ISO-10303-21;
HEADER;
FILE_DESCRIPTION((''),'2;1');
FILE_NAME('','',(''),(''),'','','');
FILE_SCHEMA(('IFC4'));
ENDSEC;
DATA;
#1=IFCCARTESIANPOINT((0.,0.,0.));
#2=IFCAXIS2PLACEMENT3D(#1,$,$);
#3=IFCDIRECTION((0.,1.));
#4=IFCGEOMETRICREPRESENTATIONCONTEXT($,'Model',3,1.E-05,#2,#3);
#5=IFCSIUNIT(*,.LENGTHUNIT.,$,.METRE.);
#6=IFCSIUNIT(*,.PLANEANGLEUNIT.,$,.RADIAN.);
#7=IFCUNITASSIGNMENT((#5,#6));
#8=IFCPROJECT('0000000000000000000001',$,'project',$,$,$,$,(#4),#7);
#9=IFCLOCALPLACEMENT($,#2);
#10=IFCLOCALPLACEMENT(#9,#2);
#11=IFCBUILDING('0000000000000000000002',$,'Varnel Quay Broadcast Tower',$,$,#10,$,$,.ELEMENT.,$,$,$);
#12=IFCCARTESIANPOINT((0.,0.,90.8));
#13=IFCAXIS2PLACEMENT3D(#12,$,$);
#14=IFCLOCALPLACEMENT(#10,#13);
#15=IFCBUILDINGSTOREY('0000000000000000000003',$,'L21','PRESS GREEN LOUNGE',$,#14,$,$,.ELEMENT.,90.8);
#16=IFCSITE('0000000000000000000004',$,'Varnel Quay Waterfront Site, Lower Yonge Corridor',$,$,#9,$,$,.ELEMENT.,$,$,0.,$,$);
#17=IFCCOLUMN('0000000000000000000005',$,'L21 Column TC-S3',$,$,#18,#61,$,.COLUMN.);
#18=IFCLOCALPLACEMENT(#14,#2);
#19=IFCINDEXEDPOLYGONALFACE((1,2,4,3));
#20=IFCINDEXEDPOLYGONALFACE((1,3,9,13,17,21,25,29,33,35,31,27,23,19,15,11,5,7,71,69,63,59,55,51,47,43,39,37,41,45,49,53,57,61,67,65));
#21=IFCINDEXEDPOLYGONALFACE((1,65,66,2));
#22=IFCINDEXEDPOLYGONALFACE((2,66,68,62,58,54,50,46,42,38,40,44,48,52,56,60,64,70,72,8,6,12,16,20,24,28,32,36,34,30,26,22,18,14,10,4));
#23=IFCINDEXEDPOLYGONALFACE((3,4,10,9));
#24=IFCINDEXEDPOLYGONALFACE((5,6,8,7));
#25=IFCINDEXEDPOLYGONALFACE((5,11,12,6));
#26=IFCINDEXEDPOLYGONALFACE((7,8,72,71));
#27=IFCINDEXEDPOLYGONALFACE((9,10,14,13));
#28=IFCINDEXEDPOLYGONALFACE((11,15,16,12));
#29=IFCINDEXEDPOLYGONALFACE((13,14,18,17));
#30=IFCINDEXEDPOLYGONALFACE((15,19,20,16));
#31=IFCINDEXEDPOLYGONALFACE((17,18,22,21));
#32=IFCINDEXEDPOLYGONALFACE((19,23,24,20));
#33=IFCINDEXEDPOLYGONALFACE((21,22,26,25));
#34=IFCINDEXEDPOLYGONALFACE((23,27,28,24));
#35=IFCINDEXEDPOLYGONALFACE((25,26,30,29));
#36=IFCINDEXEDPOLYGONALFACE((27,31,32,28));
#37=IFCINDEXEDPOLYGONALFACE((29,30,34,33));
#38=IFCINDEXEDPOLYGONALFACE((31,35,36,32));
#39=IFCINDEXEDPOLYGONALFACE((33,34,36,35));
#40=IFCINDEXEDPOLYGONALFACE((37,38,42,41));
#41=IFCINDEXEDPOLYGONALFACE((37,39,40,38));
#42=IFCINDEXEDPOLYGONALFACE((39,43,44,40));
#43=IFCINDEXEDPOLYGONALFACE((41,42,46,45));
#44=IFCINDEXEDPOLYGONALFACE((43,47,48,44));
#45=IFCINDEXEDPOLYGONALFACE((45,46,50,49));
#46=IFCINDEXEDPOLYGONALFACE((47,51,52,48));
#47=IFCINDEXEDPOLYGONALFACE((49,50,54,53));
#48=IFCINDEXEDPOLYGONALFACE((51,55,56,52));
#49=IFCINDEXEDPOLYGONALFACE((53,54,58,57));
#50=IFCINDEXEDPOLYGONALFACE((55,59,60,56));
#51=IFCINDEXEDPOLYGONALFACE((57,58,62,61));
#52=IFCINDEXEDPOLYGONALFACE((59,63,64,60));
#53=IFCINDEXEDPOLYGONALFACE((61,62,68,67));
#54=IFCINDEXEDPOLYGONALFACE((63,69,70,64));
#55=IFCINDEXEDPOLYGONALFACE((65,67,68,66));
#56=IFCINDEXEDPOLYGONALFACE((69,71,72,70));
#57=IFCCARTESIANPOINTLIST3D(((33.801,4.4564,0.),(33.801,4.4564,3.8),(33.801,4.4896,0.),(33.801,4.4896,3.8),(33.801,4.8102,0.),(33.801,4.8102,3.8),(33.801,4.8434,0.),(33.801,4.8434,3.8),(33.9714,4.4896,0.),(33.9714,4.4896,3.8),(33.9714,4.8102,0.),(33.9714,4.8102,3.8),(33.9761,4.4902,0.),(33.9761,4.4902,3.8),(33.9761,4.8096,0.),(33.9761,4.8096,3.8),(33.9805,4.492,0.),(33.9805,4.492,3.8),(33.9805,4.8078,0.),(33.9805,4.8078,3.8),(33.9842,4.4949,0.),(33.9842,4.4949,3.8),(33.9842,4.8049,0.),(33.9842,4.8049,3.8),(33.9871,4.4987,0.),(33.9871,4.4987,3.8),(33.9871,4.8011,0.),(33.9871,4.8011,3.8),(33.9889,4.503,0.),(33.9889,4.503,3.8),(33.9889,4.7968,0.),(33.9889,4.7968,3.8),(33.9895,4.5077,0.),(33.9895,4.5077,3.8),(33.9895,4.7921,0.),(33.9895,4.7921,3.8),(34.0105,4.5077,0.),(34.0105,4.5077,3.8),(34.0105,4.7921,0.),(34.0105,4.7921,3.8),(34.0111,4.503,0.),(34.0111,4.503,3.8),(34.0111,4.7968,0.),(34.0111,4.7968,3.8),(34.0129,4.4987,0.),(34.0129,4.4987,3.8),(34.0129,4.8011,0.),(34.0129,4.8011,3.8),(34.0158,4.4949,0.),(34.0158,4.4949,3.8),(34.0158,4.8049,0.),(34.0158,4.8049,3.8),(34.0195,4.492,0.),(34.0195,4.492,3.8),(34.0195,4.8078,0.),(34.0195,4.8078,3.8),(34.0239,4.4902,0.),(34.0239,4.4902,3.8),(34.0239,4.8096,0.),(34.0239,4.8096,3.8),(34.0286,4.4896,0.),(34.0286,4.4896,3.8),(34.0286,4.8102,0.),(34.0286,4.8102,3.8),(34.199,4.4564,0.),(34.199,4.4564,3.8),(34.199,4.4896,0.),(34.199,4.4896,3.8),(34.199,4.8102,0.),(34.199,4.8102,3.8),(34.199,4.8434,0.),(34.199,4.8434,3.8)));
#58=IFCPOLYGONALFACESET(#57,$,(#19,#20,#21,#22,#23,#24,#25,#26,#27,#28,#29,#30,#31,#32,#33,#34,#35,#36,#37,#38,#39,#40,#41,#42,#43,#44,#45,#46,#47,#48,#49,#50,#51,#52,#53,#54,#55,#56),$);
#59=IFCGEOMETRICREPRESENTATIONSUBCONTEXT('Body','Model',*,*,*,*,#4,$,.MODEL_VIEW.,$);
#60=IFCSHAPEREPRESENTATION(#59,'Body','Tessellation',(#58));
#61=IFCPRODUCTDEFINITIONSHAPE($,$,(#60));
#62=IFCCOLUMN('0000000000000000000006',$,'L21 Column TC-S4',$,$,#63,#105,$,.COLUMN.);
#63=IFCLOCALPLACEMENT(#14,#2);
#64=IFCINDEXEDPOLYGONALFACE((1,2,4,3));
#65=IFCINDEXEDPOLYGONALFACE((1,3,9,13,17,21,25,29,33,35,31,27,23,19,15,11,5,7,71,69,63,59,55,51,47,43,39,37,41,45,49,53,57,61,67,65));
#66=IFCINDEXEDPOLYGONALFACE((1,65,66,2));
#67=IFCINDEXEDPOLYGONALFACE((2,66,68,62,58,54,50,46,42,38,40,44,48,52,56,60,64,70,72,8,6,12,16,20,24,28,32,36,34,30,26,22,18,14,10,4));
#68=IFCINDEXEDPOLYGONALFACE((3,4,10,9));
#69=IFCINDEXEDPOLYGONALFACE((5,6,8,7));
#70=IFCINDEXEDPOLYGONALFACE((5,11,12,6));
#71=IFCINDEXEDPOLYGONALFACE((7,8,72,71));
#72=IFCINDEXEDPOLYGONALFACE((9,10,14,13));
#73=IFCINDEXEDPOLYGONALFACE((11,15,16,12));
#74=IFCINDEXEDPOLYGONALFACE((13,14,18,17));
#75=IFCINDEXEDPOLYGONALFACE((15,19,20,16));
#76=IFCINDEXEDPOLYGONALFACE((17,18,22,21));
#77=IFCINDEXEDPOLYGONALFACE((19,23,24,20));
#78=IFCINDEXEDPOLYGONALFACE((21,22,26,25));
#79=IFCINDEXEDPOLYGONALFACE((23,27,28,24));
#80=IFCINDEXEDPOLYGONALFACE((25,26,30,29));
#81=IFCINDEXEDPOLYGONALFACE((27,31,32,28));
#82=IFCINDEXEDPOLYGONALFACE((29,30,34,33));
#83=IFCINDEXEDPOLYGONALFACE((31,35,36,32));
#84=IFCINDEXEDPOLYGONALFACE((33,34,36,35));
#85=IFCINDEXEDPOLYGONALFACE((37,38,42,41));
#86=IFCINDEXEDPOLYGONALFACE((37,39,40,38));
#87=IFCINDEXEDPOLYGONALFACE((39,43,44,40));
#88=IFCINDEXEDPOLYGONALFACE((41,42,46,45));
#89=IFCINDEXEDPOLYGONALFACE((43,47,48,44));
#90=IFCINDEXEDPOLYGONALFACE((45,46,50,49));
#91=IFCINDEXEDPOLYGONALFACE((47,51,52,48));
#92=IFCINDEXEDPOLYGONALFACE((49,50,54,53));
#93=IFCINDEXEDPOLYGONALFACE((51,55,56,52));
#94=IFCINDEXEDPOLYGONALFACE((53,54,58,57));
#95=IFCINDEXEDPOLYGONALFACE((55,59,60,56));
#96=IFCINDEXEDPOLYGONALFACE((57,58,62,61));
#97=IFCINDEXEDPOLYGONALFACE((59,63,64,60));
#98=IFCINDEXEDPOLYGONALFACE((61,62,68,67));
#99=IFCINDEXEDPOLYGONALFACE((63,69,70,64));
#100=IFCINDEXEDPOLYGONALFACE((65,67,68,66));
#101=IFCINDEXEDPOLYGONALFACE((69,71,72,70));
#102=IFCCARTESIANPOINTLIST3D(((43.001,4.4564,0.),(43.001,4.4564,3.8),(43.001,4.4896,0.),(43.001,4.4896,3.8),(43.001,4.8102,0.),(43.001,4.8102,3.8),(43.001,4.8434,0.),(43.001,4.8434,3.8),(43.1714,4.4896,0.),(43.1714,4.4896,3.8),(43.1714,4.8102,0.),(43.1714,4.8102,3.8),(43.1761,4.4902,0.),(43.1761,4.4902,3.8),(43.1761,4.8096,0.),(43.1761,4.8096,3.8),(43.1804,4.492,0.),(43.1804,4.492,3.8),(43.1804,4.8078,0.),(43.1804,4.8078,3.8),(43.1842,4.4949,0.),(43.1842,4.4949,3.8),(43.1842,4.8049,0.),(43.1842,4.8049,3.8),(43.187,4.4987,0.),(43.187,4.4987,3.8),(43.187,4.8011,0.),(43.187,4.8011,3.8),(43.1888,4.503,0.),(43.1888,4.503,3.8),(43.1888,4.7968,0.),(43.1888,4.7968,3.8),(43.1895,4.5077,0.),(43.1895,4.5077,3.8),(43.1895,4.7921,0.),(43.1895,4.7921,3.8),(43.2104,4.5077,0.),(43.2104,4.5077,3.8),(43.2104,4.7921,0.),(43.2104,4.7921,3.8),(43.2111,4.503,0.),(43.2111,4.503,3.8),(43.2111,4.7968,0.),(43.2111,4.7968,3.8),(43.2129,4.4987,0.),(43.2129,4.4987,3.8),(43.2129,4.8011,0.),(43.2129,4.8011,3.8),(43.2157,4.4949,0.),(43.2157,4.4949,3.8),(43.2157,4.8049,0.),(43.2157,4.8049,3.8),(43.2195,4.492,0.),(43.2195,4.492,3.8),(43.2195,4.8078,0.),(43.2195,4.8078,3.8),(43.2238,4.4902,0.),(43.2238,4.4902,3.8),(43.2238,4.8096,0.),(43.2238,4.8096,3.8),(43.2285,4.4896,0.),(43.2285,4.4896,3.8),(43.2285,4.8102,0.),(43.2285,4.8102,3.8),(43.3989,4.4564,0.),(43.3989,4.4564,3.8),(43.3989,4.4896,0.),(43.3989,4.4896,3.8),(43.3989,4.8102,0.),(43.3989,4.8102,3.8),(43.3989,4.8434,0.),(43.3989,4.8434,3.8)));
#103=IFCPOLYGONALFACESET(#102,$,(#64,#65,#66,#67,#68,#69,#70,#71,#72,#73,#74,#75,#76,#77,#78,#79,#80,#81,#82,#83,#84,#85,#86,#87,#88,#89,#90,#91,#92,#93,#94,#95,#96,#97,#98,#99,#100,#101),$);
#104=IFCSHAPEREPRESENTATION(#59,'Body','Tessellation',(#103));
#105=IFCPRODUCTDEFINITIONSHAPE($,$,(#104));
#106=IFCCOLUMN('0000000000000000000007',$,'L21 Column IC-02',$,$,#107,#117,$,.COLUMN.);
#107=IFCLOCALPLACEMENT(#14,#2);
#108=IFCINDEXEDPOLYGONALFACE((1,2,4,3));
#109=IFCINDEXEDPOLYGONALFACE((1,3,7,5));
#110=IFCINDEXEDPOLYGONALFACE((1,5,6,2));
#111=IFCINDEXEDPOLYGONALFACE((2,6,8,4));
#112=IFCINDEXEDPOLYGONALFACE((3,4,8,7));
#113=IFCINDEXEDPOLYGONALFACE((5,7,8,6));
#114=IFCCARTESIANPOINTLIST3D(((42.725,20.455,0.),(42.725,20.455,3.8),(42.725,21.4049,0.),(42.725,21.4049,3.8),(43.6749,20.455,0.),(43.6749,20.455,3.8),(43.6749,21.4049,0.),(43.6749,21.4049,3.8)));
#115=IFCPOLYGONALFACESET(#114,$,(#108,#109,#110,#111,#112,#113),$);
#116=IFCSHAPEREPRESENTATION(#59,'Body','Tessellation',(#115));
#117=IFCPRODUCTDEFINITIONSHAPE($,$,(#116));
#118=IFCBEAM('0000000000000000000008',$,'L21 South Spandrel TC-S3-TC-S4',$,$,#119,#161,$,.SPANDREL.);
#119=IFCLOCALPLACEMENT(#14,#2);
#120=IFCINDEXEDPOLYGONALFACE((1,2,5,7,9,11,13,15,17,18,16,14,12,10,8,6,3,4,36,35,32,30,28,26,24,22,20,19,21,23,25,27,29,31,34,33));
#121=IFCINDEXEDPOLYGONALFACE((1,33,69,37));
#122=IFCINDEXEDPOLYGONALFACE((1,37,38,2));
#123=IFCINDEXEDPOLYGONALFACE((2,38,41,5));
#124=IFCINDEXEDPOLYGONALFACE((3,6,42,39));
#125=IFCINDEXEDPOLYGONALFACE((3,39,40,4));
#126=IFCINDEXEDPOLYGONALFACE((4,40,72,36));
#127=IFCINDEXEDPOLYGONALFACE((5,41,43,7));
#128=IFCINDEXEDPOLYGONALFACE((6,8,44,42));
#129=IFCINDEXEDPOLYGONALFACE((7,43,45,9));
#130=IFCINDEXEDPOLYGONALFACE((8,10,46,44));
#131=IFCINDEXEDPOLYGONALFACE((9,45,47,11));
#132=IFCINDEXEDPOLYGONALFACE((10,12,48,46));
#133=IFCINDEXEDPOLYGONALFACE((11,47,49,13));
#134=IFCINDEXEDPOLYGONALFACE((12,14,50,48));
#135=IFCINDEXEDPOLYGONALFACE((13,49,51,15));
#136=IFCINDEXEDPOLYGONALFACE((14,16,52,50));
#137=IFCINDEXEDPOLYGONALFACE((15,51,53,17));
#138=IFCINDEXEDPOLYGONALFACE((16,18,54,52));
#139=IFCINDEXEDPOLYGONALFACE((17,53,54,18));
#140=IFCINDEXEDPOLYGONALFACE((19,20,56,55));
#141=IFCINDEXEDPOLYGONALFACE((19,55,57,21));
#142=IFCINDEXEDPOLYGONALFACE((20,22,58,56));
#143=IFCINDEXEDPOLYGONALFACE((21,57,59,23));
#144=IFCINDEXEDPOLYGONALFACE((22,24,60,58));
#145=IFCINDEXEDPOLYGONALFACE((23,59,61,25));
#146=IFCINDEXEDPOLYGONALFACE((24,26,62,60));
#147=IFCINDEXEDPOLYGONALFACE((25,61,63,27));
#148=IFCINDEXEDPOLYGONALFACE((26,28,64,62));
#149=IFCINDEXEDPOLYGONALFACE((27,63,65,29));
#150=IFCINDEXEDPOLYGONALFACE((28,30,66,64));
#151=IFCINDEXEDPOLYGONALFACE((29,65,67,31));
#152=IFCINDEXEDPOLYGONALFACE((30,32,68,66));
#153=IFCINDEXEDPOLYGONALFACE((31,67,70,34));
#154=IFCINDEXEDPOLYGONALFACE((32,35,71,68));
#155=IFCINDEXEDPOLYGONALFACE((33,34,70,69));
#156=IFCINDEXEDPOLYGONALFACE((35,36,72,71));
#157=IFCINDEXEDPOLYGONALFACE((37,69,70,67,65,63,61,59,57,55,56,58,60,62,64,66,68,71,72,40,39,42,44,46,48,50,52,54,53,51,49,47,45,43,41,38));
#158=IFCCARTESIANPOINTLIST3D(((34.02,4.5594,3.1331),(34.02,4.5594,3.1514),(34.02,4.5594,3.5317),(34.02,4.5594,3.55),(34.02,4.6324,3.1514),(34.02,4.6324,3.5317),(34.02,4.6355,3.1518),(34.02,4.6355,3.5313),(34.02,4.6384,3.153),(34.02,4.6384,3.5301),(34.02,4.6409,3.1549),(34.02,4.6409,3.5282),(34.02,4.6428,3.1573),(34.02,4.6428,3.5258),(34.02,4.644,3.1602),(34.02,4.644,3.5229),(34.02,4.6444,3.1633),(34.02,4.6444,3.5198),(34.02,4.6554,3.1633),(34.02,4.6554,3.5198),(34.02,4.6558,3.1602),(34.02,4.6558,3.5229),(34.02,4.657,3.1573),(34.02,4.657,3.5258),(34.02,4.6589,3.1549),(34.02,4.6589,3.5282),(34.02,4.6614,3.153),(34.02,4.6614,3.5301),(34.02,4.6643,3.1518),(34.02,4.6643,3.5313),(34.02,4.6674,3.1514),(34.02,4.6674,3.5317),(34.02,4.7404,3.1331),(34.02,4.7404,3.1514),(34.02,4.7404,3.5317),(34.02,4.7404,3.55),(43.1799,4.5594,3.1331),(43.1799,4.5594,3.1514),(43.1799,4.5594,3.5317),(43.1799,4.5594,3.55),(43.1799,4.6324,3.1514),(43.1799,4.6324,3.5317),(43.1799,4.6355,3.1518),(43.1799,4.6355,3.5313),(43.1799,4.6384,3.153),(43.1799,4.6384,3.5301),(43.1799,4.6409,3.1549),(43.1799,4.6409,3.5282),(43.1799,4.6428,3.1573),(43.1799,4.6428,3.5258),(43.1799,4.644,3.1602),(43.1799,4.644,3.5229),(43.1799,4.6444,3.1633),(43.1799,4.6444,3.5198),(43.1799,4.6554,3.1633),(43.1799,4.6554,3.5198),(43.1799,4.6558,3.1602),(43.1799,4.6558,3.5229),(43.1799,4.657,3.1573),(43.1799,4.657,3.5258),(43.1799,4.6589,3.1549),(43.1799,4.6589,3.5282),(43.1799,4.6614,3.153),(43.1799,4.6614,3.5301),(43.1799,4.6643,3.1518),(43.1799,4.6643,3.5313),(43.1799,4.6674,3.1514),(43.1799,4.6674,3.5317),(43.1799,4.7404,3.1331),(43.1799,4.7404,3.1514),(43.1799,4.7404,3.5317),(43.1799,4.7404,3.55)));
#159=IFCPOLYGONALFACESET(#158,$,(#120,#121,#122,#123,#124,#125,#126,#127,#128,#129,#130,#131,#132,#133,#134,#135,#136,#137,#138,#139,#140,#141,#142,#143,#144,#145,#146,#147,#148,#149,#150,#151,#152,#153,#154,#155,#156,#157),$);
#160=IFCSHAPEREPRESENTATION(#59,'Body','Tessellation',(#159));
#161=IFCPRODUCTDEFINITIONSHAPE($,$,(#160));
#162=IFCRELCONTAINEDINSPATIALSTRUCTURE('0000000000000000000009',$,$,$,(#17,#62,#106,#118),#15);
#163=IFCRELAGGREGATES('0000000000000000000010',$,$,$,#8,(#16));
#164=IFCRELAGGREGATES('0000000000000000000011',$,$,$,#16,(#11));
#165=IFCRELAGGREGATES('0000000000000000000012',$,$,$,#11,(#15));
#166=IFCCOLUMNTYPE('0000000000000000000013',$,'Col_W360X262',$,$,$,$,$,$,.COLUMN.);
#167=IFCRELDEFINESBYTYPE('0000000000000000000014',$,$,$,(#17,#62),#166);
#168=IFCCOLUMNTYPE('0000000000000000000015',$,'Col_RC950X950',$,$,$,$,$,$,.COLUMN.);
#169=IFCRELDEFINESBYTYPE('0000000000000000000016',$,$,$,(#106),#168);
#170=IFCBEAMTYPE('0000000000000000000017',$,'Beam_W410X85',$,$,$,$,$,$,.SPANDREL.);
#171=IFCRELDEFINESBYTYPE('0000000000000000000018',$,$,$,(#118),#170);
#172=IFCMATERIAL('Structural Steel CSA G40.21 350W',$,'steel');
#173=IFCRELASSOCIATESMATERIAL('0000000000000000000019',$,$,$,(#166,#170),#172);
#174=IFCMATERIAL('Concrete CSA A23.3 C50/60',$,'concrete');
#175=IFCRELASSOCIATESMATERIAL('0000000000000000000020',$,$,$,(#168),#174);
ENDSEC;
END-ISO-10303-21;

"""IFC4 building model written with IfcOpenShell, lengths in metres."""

from ifc_helpers import new_model, si_unit, direction, frame, origin, origin_2d, place, context, subcontext, project, spatial, rectangle, i_section, extrude, source, transform, mapped, material, material_profile, profile_set, type_object, type_shapes, element, save


model = new_model("IFC4")

# Units and contexts
model_context = context("Model", 3, precision=1e-05, world=origin(), true_north=direction((0.0, 1.0)))
body_context = subcontext(model_context, "Body", "Model", "MODEL_VIEW")
ifc_project = project(units=[si_unit("LENGTHUNIT", "METRE"), si_unit("PLANEANGLEUNIT", "RADIAN")], contexts=[model_context])

# Site, building, storey
site_placement = place(None, origin())
site = spatial("IfcSite", under=ifc_project, at=site_placement, Name="Varnel Quay Waterfront Site, Lower Yonge Corridor", CompositionType="ELEMENT", RefElevation=0.0)
building_placement = place(site_placement, origin())
building = spatial("IfcBuilding", under=site, at=building_placement, Name="Varnel Quay Broadcast Tower", CompositionType="ELEMENT")
storey_placement = place(building_placement, frame((0.0, 0.0, 90.8)))
storey = spatial("IfcBuildingStorey", under=building, at=storey_placement, Name="L21", Description="PRESS GREEN LOUNGE", CompositionType="ELEMENT", Elevation=90.8)

# Columns
ifc_material_1 = material(Name="Structural Steel CSA G40.21 350W", Category="steel")
ifc_material_profile_1 = material_profile(ifc_material_1, i_section(OverallWidth=0.3979, OverallDepth=0.387, WebThickness=0.021, FlangeThickness=0.0332, FilletRadius=0.0181, at=origin_2d()), Name="W360X262")
ifc_profile_set_1 = profile_set([ifc_material_profile_1], Name="Structural Steel CSA G40.21 350W")
column_type_1 = type_object("IfcColumnType", Name="Col_W360X262", PredefinedType="COLUMN", material=ifc_profile_set_1)
shared_shape_1 = source(origin(), body_context, "Body", "SweptSolid", [
    extrude(i_section(OverallWidth=0.3979, OverallDepth=0.387, WebThickness=0.021, FlangeThickness=0.0332, FilletRadius=0.0181, at=origin_2d()), origin(), (0.0, 0.0, 1.0), 3.8),
])
type_shapes(column_type_1, [shared_shape_1])
for number, where, z_axis, x_axis, name in (
    (1, (34.0, 4.6499, 0.0), (0.0, 0.0, 1.0), (1.0, 0.0, 0.0), "L21 Column TC-S3"),
    (2, (43.2, 4.6499, 0.0), (0.0, 0.0, 1.0), (1.0, 0.0, 0.0), "L21 Column TC-S4"),
):
    element("IfcColumn", number, at=place(storey_placement, frame(where, z_axis=z_axis, x_axis=x_axis)), inside=storey, type_object=column_type_1, Name=name, PredefinedType="COLUMN", context=body_context, shape_type="MappedRepresentation", body=[
        mapped(shared_shape_1, transform((0.0, 0.0, 0.0), x_axis=(1.0, 0.0, 0.0), y_axis=(0.0, 1.0, 0.0), z_axis=(0.0, 0.0, 1.0), scale=1.0)),
    ])
ifc_material_2 = material(Name="Concrete CSA A23.3 C50/60", Category="concrete")
ifc_material_profile_2 = material_profile(ifc_material_2, rectangle(XDim=0.95, YDim=0.95, at=origin_2d()), Name="RC950X950")
ifc_profile_set_2 = profile_set([ifc_material_profile_2], Name="Concrete CSA A23.3 C50/60")
column_type_2 = type_object("IfcColumnType", Name="Col_RC950X950", PredefinedType="COLUMN", material=ifc_profile_set_2)
shared_shape_2 = source(origin(), body_context, "Body", "SweptSolid", [
    extrude(rectangle(XDim=0.95, YDim=0.95, at=origin_2d()), origin(), (0.0, 0.0, 1.0), 3.8),
])
type_shapes(column_type_2, [shared_shape_2])
column_placement = place(storey_placement, frame((43.2, 20.9299, 0.0), z_axis=(0.0, 0.0, 1.0), x_axis=(1.0, 0.0, 0.0)))
element("IfcColumn", 3, at=column_placement, inside=storey, type_object=column_type_2, Name="L21 Column IC-02", PredefinedType="COLUMN", context=body_context, shape_type="MappedRepresentation", body=[
    mapped(shared_shape_2, transform((0.0, 0.0, 0.0), x_axis=(1.0, 0.0, 0.0), y_axis=(0.0, 1.0, 0.0), z_axis=(0.0, 0.0, 1.0), scale=1.0)),
])

# Beam
ifc_material_profile_3 = material_profile(ifc_material_1, i_section(OverallWidth=0.1809, OverallDepth=0.417, WebThickness=0.011, FlangeThickness=0.0183, FilletRadius=0.012, at=origin_2d()), Name="W410X85")
ifc_profile_set_3 = profile_set([ifc_material_profile_3], Name="Structural Steel CSA G40.21 350W")
beam_type_1 = type_object("IfcBeamType", Name="Beam_W410X85", PredefinedType="SPANDREL", material=ifc_profile_set_3)
shared_shape_3 = source(origin(), body_context, "Body", "SweptSolid", [
    extrude(i_section(OverallWidth=0.1809, OverallDepth=0.417, WebThickness=0.011, FlangeThickness=0.0183, FilletRadius=0.012, at=origin_2d()), origin(), (0.0, 0.0, 1.0), 9.1599),
])
type_shapes(beam_type_1, [shared_shape_3])
for number, where, z_axis, x_axis, name in (
    (4, (34.02, 4.6499, 3.3416), (1.0, 0.0, 0.0), (0.0, 1.0, 0.0), "L21 South Spandrel TC-S3-TC-S4"),
):
    element("IfcBeam", number, at=place(storey_placement, frame(where, z_axis=z_axis, x_axis=x_axis)), inside=storey, type_object=beam_type_1, Name=name, PredefinedType="SPANDREL", context=body_context, shape_type="MappedRepresentation", body=[
        mapped(shared_shape_3, transform((0.0, 0.0, 0.0), x_axis=(1.0, 0.0, 0.0), y_axis=(0.0, 1.0, 0.0), z_axis=(0.0, 0.0, 1.0), scale=1.0)),
    ])

save(model, "model.ifc")
